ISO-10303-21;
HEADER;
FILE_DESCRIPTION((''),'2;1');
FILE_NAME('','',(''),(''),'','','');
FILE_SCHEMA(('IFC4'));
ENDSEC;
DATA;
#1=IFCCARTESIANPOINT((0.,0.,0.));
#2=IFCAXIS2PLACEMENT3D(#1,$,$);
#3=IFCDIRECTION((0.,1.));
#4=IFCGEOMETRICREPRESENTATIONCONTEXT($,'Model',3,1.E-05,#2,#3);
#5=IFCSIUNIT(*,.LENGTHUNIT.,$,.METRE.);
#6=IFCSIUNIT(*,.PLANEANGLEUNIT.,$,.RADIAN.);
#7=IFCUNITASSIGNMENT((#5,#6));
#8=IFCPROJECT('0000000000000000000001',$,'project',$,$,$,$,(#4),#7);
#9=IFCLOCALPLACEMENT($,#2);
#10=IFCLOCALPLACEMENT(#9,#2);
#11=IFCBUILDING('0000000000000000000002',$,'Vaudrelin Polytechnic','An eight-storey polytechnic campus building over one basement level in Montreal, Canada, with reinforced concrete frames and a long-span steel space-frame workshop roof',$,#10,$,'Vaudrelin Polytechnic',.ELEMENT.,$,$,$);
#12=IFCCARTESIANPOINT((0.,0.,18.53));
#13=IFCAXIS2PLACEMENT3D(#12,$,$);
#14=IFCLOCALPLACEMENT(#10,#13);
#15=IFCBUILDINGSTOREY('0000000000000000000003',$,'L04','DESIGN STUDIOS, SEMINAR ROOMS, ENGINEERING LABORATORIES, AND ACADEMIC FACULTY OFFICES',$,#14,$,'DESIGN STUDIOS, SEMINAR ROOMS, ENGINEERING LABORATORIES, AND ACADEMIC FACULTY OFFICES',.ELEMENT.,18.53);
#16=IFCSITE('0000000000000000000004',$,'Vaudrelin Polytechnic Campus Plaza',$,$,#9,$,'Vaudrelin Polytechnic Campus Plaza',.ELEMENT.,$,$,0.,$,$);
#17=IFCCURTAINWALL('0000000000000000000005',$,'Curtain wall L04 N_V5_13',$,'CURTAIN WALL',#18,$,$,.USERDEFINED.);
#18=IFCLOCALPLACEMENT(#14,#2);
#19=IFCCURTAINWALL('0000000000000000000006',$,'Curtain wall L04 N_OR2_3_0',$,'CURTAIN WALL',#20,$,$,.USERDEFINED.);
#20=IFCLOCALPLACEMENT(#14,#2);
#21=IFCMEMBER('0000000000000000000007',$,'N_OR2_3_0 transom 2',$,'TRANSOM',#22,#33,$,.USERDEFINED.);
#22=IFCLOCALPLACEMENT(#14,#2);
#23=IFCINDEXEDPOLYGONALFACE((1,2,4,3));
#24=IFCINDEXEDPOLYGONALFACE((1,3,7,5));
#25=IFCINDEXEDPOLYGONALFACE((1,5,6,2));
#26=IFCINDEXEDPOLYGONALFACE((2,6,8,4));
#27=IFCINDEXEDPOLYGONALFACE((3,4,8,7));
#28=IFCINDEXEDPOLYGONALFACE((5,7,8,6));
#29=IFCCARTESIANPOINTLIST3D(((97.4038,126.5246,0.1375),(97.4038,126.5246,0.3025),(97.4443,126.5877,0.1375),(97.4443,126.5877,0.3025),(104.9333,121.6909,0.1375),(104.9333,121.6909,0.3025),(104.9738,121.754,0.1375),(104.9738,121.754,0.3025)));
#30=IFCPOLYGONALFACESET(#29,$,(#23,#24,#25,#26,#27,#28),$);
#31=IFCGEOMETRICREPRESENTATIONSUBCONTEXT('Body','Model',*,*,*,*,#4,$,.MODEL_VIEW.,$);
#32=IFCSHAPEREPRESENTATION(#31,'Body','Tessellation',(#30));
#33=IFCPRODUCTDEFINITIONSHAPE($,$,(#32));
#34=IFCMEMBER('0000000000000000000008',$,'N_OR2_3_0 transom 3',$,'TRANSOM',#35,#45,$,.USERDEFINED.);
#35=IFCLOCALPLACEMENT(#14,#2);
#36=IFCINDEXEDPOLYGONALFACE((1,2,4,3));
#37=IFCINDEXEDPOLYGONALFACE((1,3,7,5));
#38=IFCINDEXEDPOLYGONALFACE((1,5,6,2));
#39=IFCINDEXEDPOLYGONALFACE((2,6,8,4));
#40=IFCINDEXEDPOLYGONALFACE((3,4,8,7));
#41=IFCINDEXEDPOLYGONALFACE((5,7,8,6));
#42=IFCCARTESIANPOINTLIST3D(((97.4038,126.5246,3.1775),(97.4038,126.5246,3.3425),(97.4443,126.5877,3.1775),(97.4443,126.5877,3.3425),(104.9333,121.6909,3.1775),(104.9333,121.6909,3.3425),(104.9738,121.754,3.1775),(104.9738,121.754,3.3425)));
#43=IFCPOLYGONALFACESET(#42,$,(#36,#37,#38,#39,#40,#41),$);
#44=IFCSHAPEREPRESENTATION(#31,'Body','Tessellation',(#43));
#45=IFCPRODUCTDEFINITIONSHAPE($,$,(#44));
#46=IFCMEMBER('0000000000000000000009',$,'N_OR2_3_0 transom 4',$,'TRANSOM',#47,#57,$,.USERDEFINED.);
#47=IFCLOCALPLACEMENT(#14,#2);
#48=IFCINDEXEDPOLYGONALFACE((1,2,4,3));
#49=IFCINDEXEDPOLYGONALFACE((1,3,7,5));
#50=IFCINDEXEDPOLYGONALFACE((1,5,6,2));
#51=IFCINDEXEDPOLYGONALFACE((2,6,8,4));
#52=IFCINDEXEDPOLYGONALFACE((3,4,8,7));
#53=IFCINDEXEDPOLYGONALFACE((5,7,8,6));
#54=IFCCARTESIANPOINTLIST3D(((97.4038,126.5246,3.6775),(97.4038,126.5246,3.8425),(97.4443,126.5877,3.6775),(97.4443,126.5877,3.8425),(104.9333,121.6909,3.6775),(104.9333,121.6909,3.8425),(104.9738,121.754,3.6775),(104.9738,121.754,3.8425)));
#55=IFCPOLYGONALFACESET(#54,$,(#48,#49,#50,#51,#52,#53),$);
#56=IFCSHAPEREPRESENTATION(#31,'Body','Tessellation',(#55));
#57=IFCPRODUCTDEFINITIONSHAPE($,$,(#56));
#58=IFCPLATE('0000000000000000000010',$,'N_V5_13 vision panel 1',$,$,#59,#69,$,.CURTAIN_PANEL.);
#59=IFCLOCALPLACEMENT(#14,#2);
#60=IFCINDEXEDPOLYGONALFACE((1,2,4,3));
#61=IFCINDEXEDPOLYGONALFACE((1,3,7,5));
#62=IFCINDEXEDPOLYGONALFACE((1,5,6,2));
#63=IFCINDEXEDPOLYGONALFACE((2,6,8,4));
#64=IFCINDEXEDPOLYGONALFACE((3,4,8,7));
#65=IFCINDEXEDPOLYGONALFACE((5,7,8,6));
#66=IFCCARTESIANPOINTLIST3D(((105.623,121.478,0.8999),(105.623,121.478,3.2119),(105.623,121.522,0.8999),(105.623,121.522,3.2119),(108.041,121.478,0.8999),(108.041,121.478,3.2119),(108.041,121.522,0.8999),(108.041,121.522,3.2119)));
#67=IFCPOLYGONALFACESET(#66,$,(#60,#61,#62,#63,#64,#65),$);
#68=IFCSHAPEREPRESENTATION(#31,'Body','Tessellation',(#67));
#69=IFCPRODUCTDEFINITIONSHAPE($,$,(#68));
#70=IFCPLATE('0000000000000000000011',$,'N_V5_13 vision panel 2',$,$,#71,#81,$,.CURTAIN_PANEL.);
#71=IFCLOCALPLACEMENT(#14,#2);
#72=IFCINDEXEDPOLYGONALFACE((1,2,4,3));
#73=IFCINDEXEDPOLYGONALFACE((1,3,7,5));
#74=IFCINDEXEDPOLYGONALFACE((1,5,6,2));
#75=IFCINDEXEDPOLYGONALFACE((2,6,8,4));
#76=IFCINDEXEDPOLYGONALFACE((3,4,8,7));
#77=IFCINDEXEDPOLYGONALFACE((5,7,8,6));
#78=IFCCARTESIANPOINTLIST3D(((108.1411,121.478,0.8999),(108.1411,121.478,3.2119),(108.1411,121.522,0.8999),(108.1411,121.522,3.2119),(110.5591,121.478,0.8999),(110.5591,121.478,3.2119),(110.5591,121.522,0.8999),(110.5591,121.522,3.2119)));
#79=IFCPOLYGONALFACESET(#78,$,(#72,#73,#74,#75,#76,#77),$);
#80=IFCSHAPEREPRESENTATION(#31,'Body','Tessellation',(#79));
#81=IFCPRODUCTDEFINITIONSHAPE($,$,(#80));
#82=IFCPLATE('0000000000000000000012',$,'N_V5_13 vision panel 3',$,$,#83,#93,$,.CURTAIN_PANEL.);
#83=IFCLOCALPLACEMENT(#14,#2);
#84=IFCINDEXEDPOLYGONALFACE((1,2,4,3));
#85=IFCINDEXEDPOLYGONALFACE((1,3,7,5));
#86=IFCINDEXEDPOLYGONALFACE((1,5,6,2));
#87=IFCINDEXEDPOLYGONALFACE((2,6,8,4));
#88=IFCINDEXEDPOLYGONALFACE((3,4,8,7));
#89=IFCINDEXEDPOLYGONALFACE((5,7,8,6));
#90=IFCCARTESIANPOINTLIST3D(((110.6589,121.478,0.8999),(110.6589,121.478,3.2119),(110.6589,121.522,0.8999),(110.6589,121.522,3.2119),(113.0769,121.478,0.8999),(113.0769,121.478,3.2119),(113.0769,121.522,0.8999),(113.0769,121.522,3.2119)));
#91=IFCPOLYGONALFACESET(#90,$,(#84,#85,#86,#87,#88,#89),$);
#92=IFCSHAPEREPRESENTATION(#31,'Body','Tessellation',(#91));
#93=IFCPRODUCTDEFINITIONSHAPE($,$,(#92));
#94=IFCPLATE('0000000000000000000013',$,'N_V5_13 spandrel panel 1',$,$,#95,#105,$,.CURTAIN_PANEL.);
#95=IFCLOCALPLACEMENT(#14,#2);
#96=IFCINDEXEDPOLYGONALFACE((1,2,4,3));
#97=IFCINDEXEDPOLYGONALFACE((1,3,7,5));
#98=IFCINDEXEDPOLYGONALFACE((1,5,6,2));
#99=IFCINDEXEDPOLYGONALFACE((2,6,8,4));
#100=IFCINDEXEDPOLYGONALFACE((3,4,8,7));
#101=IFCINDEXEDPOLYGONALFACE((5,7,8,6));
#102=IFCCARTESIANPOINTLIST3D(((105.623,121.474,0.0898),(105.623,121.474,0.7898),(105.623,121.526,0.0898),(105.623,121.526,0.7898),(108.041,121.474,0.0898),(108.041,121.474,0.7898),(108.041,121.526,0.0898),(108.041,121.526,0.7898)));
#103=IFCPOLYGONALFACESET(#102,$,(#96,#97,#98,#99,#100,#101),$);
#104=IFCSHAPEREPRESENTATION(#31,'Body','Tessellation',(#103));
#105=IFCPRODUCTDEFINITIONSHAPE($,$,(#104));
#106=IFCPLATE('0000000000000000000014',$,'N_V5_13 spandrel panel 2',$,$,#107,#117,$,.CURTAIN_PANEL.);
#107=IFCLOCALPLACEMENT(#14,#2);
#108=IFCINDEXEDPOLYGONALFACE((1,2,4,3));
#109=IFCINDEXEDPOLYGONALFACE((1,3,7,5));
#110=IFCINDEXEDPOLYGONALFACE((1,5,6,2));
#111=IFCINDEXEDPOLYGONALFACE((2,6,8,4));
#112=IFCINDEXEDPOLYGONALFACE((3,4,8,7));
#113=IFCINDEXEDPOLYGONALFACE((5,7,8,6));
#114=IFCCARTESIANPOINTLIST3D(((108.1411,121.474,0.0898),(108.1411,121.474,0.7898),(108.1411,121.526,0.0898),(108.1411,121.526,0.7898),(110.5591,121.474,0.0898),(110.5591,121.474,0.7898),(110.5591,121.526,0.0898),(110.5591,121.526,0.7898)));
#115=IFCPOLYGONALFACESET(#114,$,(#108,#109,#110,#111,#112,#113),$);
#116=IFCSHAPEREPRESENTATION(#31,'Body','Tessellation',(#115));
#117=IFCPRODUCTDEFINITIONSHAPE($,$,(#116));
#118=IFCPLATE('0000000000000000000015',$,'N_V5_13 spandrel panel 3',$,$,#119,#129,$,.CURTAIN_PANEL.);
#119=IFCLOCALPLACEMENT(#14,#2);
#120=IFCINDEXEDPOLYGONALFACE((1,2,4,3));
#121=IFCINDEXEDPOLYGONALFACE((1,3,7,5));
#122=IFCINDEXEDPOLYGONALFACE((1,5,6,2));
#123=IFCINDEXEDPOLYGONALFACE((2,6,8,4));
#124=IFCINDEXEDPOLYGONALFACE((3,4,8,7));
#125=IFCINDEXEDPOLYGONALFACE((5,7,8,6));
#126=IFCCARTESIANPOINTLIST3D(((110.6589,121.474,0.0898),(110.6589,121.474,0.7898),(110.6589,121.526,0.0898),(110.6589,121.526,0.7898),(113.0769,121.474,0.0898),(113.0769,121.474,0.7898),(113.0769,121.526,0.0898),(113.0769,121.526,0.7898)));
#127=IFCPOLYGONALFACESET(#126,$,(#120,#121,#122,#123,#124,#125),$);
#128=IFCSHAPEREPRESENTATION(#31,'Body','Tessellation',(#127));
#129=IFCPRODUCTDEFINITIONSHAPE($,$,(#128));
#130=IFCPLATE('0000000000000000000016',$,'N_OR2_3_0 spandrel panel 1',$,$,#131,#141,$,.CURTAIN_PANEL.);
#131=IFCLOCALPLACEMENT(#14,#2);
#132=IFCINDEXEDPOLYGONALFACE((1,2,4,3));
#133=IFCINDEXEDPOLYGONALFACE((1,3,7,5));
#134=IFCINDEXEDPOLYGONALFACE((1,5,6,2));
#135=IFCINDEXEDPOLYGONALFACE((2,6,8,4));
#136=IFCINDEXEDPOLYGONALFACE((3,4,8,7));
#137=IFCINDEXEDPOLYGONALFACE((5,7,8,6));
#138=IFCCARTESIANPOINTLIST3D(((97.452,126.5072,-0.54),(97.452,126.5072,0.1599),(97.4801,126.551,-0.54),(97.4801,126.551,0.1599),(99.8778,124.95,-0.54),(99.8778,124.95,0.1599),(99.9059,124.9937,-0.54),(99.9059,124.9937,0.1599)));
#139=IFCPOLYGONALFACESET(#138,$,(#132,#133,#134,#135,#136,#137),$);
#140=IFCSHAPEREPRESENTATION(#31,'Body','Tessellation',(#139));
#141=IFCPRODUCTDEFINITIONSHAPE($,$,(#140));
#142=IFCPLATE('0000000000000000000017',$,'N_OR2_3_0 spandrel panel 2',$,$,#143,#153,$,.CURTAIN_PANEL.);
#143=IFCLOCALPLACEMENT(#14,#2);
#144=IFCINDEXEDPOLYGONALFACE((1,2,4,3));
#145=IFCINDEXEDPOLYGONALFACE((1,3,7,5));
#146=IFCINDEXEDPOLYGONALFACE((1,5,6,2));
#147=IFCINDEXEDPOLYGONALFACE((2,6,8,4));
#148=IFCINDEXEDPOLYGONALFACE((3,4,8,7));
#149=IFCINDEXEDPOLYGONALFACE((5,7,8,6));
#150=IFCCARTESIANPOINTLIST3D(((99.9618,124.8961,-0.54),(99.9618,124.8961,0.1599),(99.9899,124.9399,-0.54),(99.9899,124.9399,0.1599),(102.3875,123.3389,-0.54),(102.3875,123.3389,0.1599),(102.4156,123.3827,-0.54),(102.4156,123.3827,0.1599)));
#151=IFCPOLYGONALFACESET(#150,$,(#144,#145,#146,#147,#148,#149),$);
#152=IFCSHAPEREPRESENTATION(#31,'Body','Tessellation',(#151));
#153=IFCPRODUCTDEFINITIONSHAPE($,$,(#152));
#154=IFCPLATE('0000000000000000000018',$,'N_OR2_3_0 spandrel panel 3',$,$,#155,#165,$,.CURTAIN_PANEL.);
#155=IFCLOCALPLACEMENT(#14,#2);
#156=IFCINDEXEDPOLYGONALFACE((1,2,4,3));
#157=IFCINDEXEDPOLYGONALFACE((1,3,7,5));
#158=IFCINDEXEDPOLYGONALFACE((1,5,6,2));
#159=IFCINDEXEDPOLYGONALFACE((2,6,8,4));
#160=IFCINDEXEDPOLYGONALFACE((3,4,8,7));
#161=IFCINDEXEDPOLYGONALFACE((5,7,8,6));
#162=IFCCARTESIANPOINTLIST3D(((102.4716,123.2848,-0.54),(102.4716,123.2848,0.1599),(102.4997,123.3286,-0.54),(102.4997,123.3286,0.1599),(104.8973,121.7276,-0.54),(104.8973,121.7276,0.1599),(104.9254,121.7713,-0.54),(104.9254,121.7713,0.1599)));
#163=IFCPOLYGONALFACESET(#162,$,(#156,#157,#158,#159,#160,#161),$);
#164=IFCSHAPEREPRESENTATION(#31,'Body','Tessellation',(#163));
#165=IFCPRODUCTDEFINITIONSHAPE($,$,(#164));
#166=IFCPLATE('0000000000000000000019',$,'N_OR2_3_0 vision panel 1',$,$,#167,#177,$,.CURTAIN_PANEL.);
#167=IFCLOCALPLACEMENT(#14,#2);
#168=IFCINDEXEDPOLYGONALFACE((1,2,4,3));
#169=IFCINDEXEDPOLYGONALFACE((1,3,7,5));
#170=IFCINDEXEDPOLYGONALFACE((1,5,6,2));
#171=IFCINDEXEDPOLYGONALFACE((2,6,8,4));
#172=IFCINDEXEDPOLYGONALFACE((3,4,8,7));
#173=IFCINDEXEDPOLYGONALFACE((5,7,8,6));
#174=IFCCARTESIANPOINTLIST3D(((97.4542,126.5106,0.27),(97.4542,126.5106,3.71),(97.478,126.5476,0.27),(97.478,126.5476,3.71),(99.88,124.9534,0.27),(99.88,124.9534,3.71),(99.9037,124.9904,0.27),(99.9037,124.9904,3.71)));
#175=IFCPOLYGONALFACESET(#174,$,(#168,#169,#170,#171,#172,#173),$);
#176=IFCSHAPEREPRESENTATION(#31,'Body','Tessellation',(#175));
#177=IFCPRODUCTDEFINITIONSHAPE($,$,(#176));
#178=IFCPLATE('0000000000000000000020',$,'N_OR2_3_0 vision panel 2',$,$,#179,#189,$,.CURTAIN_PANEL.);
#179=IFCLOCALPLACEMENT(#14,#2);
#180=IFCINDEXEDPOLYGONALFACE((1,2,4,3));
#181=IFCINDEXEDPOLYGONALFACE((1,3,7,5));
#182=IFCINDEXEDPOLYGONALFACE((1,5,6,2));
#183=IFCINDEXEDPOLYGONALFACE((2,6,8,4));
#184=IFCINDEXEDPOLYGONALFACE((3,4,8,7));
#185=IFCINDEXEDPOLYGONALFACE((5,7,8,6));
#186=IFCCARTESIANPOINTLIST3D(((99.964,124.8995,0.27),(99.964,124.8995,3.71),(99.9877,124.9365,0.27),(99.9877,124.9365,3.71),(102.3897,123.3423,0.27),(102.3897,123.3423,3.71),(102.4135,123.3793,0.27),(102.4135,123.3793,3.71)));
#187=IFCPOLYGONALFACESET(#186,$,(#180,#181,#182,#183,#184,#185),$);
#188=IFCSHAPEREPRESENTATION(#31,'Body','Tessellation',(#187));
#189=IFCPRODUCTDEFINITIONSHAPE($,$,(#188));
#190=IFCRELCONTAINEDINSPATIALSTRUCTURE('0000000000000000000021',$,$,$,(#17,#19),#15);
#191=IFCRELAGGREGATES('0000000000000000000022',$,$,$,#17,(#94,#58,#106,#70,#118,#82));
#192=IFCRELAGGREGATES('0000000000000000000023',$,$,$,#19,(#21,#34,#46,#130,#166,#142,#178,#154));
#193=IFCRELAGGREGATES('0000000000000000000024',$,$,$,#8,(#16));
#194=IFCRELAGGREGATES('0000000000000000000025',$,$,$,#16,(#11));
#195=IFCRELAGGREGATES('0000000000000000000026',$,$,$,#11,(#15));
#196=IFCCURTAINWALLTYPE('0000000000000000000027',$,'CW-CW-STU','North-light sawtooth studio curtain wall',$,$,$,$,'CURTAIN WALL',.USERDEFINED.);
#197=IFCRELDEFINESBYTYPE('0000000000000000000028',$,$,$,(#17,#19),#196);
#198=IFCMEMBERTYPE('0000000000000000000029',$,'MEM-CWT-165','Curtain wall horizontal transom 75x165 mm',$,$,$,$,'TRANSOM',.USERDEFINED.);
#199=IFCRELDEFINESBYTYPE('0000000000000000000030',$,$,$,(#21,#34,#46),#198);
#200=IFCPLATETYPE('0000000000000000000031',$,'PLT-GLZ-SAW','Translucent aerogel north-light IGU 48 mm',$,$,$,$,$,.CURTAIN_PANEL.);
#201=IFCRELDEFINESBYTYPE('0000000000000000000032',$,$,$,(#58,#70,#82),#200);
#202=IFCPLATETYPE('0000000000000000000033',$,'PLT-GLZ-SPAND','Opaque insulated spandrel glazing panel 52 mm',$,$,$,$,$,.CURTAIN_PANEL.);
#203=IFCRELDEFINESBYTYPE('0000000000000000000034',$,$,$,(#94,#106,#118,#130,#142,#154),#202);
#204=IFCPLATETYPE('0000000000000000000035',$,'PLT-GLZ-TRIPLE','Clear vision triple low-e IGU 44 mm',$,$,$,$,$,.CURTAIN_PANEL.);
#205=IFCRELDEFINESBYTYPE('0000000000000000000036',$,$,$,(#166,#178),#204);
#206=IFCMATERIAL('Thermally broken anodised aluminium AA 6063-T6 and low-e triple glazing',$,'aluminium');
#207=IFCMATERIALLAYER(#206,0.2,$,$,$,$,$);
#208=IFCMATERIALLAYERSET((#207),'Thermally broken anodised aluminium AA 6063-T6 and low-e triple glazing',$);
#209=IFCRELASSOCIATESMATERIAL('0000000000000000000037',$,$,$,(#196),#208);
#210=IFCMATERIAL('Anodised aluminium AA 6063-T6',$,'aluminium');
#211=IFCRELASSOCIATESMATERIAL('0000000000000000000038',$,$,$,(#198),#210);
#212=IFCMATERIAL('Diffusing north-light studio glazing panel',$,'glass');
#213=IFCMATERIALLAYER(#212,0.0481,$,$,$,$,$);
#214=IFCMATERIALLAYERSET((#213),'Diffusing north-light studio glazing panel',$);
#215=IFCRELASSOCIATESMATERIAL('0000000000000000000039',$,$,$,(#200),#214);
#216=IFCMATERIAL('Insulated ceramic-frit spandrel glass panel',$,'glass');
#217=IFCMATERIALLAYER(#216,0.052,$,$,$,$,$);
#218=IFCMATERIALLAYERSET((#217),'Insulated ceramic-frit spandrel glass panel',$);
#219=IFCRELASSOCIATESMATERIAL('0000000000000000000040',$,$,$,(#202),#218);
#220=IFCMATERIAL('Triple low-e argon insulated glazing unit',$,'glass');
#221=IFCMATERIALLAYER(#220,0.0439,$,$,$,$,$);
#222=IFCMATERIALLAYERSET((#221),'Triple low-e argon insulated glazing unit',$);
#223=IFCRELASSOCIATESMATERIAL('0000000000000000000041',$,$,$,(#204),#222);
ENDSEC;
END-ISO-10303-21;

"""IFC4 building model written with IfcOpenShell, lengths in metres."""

from ifc_helpers import new_model, si_unit, direction, frame, origin, origin_2d, place, context, subcontext, project, spatial, rectangle, extrude, material, layer, layer_set, material_profile, profile_set, type_object, element, aggregate, save


model = new_model("IFC4")

# Units and contexts
model_context = context("Model", 3, precision=1e-05, world=origin(), true_north=direction((0.0, 1.0)))
body_context = subcontext(model_context, "Body", "Model", "MODEL_VIEW")
ifc_project = project(units=[si_unit("LENGTHUNIT", "METRE"), si_unit("PLANEANGLEUNIT", "RADIAN")], contexts=[model_context])

# Site, building, storey
site_placement = place(None, origin())
site = spatial("IfcSite", under=ifc_project, at=site_placement, Name="Vaudrelin Polytechnic Campus Plaza", LongName="Vaudrelin Polytechnic Campus Plaza", CompositionType="ELEMENT", RefElevation=0.0)
building_placement = place(site_placement, origin())
building = spatial("IfcBuilding", under=site, at=building_placement, Name="Vaudrelin Polytechnic", Description="An eight-storey polytechnic campus building over one basement level in Montreal, Canada, with reinforced concrete frames and a long-span steel space-frame workshop roof", LongName="Vaudrelin Polytechnic", CompositionType="ELEMENT")
storey_placement = place(building_placement, frame((0.0, 0.0, 18.53)))
storey = spatial("IfcBuildingStorey", under=building, at=storey_placement, Name="L04", Description="DESIGN STUDIOS, SEMINAR ROOMS, ENGINEERING LABORATORIES, AND ACADEMIC FACULTY OFFICES", LongName="DESIGN STUDIOS, SEMINAR ROOMS, ENGINEERING LABORATORIES, AND ACADEMIC FACULTY OFFICES", CompositionType="ELEMENT", Elevation=18.53)

# Curtain walls
ifc_material_1 = material(Name="Thermally broken anodised aluminium AA 6063-T6 and low-e triple glazing", Category="aluminium")
ifc_layer_1 = layer(ifc_material_1, 0.2)
ifc_layer_set_1 = layer_set([ifc_layer_1], Name="Thermally broken anodised aluminium AA 6063-T6 and low-e triple glazing")
curtain_wall_type = type_object("IfcCurtainWallType", Name="CW-CW-STU", Description="North-light sawtooth studio curtain wall", ElementType="CURTAIN WALL", PredefinedType="USERDEFINED", material=ifc_layer_set_1)
curtain_wall_1_placement = place(storey_placement, origin())
curtain_wall_1 = element("IfcCurtainWall", 1, at=curtain_wall_1_placement, inside=storey, type_object=curtain_wall_type, Name="Curtain wall L04 N_V5_13", ObjectType="CURTAIN WALL", PredefinedType="USERDEFINED")
ifc_material_2 = material(Name="Anodised aluminium AA 6063-T6", Category="aluminium")
curtain_wall_2_placement = place(storey_placement, origin())
curtain_wall_2 = element("IfcCurtainWall", 2, at=curtain_wall_2_placement, inside=storey, type_object=curtain_wall_type, Name="Curtain wall L04 N_OR2_3_0", ObjectType="CURTAIN WALL", PredefinedType="USERDEFINED")

# Members
ifc_material_profile_1 = material_profile(ifc_material_2, rectangle(XDim=0.075, YDim=0.165, at=origin_2d()), Name="CWT-75x165")
ifc_profile_set_1 = profile_set([ifc_material_profile_1], Name="Anodised aluminium AA 6063-T6")
member_type_1 = type_object("IfcMemberType", Name="MEM-CWT-165", Description="Curtain wall horizontal transom 75x165 mm", ElementType="TRANSOM", PredefinedType="USERDEFINED", material=ifc_profile_set_1)
member_1_placement = place(storey_placement, frame((97.4241, 126.5562, 0.22), z_axis=(0.841518, -0.540229, 0.0), x_axis=(0.540229, 0.841518, 0.0)))
member_1 = element("IfcMember", 3, at=member_1_placement, type_object=member_type_1, Name="N_OR2_3_0 transom 2", ObjectType="TRANSOM", PredefinedType="USERDEFINED", context=body_context, shape_type="SweptSolid", body=[
    extrude(rectangle(XDim=0.075, YDim=0.165, at=origin_2d()), origin(), (0.0, 0.0, 1.0), 8.9475),
])
member_2_placement = place(storey_placement, frame((97.4241, 126.5562, 3.26), z_axis=(0.841518, -0.540229, 0.0), x_axis=(0.540229, 0.841518, 0.0)))
member_2 = element("IfcMember", 4, at=member_2_placement, type_object=member_type_1, Name="N_OR2_3_0 transom 3", ObjectType="TRANSOM", PredefinedType="USERDEFINED", context=body_context, shape_type="SweptSolid", body=[
    extrude(rectangle(XDim=0.075, YDim=0.165, at=origin_2d()), origin(), (0.0, 0.0, 1.0), 8.9475),
])
member_3_placement = place(storey_placement, frame((97.4241, 126.5562, 3.76), z_axis=(0.841518, -0.540229, 0.0), x_axis=(0.540229, 0.841518, 0.0)))
member_3 = element("IfcMember", 5, at=member_3_placement, type_object=member_type_1, Name="N_OR2_3_0 transom 4", ObjectType="TRANSOM", PredefinedType="USERDEFINED", context=body_context, shape_type="SweptSolid", body=[
    extrude(rectangle(XDim=0.075, YDim=0.165, at=origin_2d()), origin(), (0.0, 0.0, 1.0), 8.9475),
])

# Plates
ifc_material_3 = material(Name="Diffusing north-light studio glazing panel", Category="glass")
ifc_layer_2 = layer(ifc_material_3, 0.0481)
ifc_layer_set_2 = layer_set([ifc_layer_2], Name="Diffusing north-light studio glazing panel")
plate_type_1 = type_object("IfcPlateType", Name="PLT-GLZ-SAW", Description="Translucent aerogel north-light IGU 48 mm", PredefinedType="CURTAIN_PANEL", material=ifc_layer_set_2)
plate_1_placement = place(storey_placement, frame((106.832, 121.5, 0.8999), z_axis=(0.0, 0.0, 1.0), x_axis=(1.0, 0.0, 0.0)))
plate_1 = element("IfcPlate", 6, at=plate_1_placement, type_object=plate_type_1, Name="N_V5_13 vision panel 1", PredefinedType="CURTAIN_PANEL", context=body_context, shape_type="SweptSolid", body=[
    extrude(rectangle(XDim=2.418, YDim=0.0439, at=origin_2d()), origin(), (0.0, 0.0, 1.0), 2.312),
])
plate_2_placement = place(storey_placement, frame((109.3501, 121.5, 0.8999), z_axis=(0.0, 0.0, 1.0), x_axis=(1.0, 0.0, 0.0)))
plate_2 = element("IfcPlate", 7, at=plate_2_placement, type_object=plate_type_1, Name="N_V5_13 vision panel 2", PredefinedType="CURTAIN_PANEL", context=body_context, shape_type="SweptSolid", body=[
    extrude(rectangle(XDim=2.418, YDim=0.0439, at=origin_2d()), origin(), (0.0, 0.0, 1.0), 2.312),
])
plate_3_placement = place(storey_placement, frame((111.8679, 121.5, 0.8999), z_axis=(0.0, 0.0, 1.0), x_axis=(1.0, 0.0, 0.0)))
plate_3 = element("IfcPlate", 8, at=plate_3_placement, type_object=plate_type_1, Name="N_V5_13 vision panel 3", PredefinedType="CURTAIN_PANEL", context=body_context, shape_type="SweptSolid", body=[
    extrude(rectangle(XDim=2.418, YDim=0.0439, at=origin_2d()), origin(), (0.0, 0.0, 1.0), 2.312),
])
ifc_material_4 = material(Name="Insulated ceramic-frit spandrel glass panel", Category="glass")
ifc_layer_3 = layer(ifc_material_4, 0.052)
ifc_layer_set_3 = layer_set([ifc_layer_3], Name="Insulated ceramic-frit spandrel glass panel")
plate_type_2 = type_object("IfcPlateType", Name="PLT-GLZ-SPAND", Description="Opaque insulated spandrel glazing panel 52 mm", PredefinedType="CURTAIN_PANEL", material=ifc_layer_set_3)
plate_4_placement = place(storey_placement, frame((106.832, 121.5, 0.0898), z_axis=(0.0, 0.0, 1.0), x_axis=(1.0, 0.0, 0.0)))
plate_4 = element("IfcPlate", 9, at=plate_4_placement, type_object=plate_type_2, Name="N_V5_13 spandrel panel 1", PredefinedType="CURTAIN_PANEL", context=body_context, shape_type="SweptSolid", body=[
    extrude(rectangle(XDim=2.418, YDim=0.052, at=origin_2d()), origin(), (0.0, 0.0, 1.0), 0.7),
])
plate_5_placement = place(storey_placement, frame((109.3501, 121.5, 0.0898), z_axis=(0.0, 0.0, 1.0), x_axis=(1.0, 0.0, 0.0)))
plate_5 = element("IfcPlate", 10, at=plate_5_placement, type_object=plate_type_2, Name="N_V5_13 spandrel panel 2", PredefinedType="CURTAIN_PANEL", context=body_context, shape_type="SweptSolid", body=[
    extrude(rectangle(XDim=2.418, YDim=0.052, at=origin_2d()), origin(), (0.0, 0.0, 1.0), 0.7),
])
plate_6_placement = place(storey_placement, frame((111.8679, 121.5, 0.0898), z_axis=(0.0, 0.0, 1.0), x_axis=(1.0, 0.0, 0.0)))
plate_6 = element("IfcPlate", 11, at=plate_6_placement, type_object=plate_type_2, Name="N_V5_13 spandrel panel 3", PredefinedType="CURTAIN_PANEL", context=body_context, shape_type="SweptSolid", body=[
    extrude(rectangle(XDim=2.418, YDim=0.052, at=origin_2d()), origin(), (0.0, 0.0, 1.0), 0.7),
])
aggregate(curtain_wall_1, [plate_4, plate_1, plate_5, plate_2, plate_6, plate_3])
plate_7_placement = place(storey_placement, frame((98.679, 125.7505, -0.54), z_axis=(0.0, 0.0, 1.0), x_axis=(0.841519, -0.540228, 0.0)))
plate_7 = element("IfcPlate", 12, at=plate_7_placement, type_object=plate_type_2, Name="N_OR2_3_0 spandrel panel 1", PredefinedType="CURTAIN_PANEL", context=body_context, shape_type="SweptSolid", body=[
    extrude(rectangle(XDim=2.8826, YDim=0.052, at=origin_2d()), origin(), (0.0, 0.0, 1.0), 0.7),
])
plate_8_placement = place(storey_placement, frame((101.1887, 124.1394, -0.54), z_axis=(0.0, 0.0, 1.0), x_axis=(0.841519, -0.540228, 0.0)))
plate_8 = element("IfcPlate", 13, at=plate_8_placement, type_object=plate_type_2, Name="N_OR2_3_0 spandrel panel 2", PredefinedType="CURTAIN_PANEL", context=body_context, shape_type="SweptSolid", body=[
    extrude(rectangle(XDim=2.8826, YDim=0.052, at=origin_2d()), origin(), (0.0, 0.0, 1.0), 0.7),
])
plate_9_placement = place(storey_placement, frame((103.6985, 122.5281, -0.54), z_axis=(0.0, 0.0, 1.0), x_axis=(0.841519, -0.540228, 0.0)))
plate_9 = element("IfcPlate", 14, at=plate_9_placement, type_object=plate_type_2, Name="N_OR2_3_0 spandrel panel 3", PredefinedType="CURTAIN_PANEL", context=body_context, shape_type="SweptSolid", body=[
    extrude(rectangle(XDim=2.8826, YDim=0.052, at=origin_2d()), origin(), (0.0, 0.0, 1.0), 0.7),
])
ifc_material_5 = material(Name="Triple low-e argon insulated glazing unit", Category="glass")
ifc_layer_4 = layer(ifc_material_5, 0.0439)
ifc_layer_set_4 = layer_set([ifc_layer_4], Name="Triple low-e argon insulated glazing unit")
plate_type_3 = type_object("IfcPlateType", Name="PLT-GLZ-TRIPLE", Description="Clear vision triple low-e IGU 44 mm", PredefinedType="CURTAIN_PANEL", material=ifc_layer_set_4)
plate_10_placement = place(storey_placement, frame((98.679, 125.7505, 0.27), z_axis=(0.0, 0.0, 1.0), x_axis=(0.841519, -0.540228, 0.0)))
plate_10 = element("IfcPlate", 15, at=plate_10_placement, type_object=plate_type_3, Name="N_OR2_3_0 vision panel 1", PredefinedType="CURTAIN_PANEL", context=body_context, shape_type="SweptSolid", body=[
    extrude(rectangle(XDim=2.8826, YDim=0.0439, at=origin_2d()), origin(), (0.0, 0.0, 1.0), 3.4399),
])
plate_11_placement = place(storey_placement, frame((101.1887, 124.1394, 0.27), z_axis=(0.0, 0.0, 1.0), x_axis=(0.841519, -0.540228, 0.0)))
plate_11 = element("IfcPlate", 16, at=plate_11_placement, type_object=plate_type_3, Name="N_OR2_3_0 vision panel 2", PredefinedType="CURTAIN_PANEL", context=body_context, shape_type="SweptSolid", body=[
    extrude(rectangle(XDim=2.8826, YDim=0.0439, at=origin_2d()), origin(), (0.0, 0.0, 1.0), 3.4399),
])
aggregate(curtain_wall_2, [member_1, member_2, member_3, plate_7, plate_10, plate_8, plate_11, plate_9])

save(model, "model.ifc")
